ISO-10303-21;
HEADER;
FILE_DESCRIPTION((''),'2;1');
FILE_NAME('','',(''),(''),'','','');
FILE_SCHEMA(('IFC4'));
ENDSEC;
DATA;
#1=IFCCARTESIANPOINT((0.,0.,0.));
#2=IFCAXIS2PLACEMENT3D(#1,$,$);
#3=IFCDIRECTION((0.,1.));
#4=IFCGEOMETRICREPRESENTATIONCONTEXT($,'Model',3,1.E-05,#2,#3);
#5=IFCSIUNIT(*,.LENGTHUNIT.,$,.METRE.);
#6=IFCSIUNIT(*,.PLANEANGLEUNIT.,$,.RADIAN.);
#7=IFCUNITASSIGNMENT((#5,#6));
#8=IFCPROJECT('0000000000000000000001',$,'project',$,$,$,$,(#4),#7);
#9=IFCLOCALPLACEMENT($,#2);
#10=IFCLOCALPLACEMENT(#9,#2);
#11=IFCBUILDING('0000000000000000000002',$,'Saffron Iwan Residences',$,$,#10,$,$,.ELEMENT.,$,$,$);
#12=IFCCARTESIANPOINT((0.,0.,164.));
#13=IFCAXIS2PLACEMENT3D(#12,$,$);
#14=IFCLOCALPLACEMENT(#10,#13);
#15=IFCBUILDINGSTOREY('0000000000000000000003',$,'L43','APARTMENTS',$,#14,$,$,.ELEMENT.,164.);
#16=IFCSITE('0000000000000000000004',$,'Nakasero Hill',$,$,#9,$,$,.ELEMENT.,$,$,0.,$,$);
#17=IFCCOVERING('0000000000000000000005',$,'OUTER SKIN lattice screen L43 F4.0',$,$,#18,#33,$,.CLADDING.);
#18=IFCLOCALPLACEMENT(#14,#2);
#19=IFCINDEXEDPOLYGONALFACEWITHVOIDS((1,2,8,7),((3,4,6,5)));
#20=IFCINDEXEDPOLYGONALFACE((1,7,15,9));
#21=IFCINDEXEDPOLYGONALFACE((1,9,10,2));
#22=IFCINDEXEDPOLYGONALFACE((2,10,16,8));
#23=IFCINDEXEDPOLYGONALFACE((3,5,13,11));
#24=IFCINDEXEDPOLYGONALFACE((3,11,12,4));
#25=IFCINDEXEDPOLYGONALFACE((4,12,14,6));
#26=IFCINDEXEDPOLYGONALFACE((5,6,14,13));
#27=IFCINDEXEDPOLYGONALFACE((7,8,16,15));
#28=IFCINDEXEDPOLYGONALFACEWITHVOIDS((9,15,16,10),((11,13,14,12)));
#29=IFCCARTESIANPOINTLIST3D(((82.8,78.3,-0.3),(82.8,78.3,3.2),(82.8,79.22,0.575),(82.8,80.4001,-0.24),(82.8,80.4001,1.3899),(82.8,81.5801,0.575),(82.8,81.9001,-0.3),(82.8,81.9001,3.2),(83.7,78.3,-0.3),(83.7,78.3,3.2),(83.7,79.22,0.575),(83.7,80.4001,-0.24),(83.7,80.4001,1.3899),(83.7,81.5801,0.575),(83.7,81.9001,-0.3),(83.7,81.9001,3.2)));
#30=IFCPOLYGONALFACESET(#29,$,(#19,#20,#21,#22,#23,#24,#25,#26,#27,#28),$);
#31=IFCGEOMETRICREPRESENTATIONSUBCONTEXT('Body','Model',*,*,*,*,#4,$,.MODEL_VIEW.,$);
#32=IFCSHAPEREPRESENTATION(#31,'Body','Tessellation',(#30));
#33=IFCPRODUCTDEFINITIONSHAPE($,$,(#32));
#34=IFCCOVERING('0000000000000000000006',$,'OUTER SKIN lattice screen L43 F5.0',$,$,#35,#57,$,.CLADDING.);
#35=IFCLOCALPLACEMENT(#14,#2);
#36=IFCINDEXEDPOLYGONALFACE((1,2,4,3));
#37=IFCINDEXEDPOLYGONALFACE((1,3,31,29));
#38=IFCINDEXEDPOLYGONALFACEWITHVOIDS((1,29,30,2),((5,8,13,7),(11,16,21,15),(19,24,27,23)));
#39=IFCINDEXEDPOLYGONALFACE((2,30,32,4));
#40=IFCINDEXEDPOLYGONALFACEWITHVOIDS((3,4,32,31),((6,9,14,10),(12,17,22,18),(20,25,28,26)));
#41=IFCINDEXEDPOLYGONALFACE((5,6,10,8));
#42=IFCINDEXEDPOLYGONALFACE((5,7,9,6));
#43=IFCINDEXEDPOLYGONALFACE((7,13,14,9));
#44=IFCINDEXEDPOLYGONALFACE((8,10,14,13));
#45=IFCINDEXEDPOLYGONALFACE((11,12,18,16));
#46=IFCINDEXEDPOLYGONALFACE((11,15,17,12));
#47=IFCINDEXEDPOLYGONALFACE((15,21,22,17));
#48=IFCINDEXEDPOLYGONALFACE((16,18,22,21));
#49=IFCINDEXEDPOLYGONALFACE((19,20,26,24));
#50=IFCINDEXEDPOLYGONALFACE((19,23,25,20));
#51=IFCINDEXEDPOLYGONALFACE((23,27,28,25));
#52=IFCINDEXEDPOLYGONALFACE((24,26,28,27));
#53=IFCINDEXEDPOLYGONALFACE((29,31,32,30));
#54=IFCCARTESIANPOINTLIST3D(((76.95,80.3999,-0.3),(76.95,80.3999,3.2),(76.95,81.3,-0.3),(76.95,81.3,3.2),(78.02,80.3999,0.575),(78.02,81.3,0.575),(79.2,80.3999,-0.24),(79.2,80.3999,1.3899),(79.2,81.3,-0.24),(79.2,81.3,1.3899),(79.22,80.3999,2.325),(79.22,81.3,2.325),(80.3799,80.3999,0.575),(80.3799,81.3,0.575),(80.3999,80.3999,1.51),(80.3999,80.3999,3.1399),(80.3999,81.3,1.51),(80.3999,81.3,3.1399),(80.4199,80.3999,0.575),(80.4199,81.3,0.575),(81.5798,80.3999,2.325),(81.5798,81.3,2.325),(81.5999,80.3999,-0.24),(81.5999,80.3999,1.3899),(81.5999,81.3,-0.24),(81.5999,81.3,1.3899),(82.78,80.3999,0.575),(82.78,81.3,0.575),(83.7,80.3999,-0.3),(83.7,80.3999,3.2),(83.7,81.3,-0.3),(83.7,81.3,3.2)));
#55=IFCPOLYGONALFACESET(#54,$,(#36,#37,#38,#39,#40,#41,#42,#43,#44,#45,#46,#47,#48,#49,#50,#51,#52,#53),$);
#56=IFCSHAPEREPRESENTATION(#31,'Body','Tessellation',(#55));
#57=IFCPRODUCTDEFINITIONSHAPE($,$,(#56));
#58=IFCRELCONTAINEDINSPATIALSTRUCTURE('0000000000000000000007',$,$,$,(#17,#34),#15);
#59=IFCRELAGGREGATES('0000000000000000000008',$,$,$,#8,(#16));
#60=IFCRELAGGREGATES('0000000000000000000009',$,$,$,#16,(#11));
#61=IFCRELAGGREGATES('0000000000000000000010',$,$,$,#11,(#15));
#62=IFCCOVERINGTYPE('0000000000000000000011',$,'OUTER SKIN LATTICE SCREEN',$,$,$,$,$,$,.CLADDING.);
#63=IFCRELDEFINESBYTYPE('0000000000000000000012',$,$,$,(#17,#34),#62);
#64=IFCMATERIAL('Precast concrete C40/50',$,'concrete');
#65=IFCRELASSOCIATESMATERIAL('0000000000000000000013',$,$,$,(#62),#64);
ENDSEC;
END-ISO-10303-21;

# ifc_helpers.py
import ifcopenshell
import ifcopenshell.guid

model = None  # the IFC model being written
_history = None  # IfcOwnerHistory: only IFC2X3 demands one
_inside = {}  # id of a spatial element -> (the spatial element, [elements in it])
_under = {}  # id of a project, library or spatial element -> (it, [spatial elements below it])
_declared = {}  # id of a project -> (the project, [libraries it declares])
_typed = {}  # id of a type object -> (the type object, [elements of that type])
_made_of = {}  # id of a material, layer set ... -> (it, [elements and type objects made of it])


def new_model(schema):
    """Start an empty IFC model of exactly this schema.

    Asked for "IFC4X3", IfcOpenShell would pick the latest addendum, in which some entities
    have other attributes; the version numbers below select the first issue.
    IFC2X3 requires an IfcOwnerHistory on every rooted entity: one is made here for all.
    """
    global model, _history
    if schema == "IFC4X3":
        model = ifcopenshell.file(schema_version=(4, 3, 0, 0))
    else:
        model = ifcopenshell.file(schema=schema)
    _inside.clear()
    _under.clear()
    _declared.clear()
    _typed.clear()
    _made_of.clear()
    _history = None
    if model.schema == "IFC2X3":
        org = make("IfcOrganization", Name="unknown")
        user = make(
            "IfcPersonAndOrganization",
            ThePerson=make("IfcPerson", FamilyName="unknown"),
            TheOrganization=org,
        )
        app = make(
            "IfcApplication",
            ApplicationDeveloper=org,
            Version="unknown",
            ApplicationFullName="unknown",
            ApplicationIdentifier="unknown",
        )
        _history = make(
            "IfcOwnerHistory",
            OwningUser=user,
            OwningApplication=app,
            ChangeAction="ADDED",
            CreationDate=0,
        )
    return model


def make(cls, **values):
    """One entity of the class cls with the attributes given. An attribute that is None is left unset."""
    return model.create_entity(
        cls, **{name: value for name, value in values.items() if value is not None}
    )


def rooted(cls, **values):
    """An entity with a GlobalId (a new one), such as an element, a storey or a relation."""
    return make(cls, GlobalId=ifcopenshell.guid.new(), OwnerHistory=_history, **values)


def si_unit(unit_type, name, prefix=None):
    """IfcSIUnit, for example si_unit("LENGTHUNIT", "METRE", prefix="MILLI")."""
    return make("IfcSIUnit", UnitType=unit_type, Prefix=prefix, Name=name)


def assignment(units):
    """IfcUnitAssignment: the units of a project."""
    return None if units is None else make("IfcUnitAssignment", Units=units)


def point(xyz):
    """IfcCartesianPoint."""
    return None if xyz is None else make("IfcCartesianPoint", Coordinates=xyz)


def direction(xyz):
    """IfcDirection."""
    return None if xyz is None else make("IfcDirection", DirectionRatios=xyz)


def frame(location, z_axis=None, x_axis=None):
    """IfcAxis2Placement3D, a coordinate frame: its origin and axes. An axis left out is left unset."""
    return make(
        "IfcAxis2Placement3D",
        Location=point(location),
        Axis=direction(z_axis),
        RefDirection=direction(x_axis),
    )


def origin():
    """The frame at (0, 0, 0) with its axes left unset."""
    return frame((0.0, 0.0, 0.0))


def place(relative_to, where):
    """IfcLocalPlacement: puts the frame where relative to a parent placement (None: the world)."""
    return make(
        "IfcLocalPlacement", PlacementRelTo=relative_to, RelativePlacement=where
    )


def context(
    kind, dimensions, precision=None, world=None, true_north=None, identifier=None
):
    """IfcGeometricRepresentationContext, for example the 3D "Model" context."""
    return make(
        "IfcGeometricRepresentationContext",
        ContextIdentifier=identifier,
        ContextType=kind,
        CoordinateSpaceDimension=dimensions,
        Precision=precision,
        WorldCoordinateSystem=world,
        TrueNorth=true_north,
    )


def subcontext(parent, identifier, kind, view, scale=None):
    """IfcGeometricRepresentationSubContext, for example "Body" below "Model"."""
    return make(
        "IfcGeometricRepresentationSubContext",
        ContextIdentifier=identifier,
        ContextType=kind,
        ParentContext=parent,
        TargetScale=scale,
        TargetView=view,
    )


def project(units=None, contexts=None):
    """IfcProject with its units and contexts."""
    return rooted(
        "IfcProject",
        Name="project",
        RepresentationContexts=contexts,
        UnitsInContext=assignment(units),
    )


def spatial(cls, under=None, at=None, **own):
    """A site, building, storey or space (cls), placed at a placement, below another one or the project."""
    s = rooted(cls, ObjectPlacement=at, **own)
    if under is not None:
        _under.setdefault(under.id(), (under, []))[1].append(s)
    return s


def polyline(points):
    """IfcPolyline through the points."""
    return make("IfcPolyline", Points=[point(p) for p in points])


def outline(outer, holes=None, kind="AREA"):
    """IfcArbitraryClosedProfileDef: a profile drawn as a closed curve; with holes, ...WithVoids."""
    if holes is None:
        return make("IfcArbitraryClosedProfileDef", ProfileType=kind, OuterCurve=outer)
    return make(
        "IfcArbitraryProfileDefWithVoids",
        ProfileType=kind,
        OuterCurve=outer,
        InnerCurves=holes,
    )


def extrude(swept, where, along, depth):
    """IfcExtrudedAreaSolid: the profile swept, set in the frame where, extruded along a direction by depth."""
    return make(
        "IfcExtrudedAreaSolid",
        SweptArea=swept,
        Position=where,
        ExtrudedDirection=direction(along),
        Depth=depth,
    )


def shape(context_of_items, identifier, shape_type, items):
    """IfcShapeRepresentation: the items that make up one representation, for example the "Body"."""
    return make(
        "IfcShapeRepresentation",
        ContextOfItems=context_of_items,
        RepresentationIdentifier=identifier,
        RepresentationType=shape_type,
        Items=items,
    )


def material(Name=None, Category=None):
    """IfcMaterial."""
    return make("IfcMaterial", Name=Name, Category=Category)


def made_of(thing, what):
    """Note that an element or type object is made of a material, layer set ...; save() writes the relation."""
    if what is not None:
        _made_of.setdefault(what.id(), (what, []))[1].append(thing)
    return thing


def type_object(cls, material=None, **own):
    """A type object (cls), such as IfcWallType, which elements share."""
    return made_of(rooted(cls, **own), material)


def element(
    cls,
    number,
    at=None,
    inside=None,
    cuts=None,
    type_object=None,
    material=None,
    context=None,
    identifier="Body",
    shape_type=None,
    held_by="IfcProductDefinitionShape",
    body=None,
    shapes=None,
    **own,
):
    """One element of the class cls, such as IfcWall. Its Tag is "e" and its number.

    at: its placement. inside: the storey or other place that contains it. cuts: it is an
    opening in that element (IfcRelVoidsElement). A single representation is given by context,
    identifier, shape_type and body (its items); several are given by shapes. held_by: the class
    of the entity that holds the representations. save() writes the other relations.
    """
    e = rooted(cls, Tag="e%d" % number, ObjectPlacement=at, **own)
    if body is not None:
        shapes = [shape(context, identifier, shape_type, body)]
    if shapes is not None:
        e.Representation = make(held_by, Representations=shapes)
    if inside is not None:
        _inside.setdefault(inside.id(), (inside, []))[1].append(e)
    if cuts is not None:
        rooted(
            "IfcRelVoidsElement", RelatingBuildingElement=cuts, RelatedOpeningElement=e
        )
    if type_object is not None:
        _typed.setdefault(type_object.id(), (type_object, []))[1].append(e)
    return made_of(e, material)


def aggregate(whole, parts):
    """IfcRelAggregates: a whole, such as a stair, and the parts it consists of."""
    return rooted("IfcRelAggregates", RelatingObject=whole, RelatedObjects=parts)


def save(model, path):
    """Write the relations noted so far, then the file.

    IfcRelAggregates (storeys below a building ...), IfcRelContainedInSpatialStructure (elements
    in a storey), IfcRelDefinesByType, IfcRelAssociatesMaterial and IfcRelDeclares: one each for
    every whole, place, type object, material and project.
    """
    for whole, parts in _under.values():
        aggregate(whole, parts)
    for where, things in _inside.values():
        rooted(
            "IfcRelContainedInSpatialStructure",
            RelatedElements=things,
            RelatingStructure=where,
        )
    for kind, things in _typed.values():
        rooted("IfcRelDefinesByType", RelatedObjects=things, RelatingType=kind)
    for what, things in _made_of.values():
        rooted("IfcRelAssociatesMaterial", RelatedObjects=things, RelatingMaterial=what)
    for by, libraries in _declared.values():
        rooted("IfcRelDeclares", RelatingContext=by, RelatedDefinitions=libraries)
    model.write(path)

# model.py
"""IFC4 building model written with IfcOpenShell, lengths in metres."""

from ifc_helpers import new_model, si_unit, direction, frame, origin, place, context, subcontext, project, spatial, polyline, outline, extrude, material, type_object, element, save


model = new_model("IFC4")

# Units and contexts
model_context = context("Model", 3, precision=1e-05, world=origin(), true_north=direction((0.0, 1.0)))
body_context = subcontext(model_context, "Body", "Model", "MODEL_VIEW")
ifc_project = project(units=[si_unit("LENGTHUNIT", "METRE"), si_unit("PLANEANGLEUNIT", "RADIAN")], contexts=[model_context])

# Site, building, storey
site_placement = place(None, origin())
site = spatial("IfcSite", under=ifc_project, at=site_placement, Name="Nakasero Hill", CompositionType="ELEMENT", RefElevation=0.0)
building_placement = place(site_placement, origin())
building = spatial("IfcBuilding", under=site, at=building_placement, Name="Saffron Iwan Residences", CompositionType="ELEMENT")
storey_placement = place(building_placement, frame((0.0, 0.0, 164.0)))
storey = spatial("IfcBuildingStorey", under=building, at=storey_placement, Name="L43", Description="APARTMENTS", CompositionType="ELEMENT", Elevation=164.0)

# Coverings
ifc_material_1 = material(Name="Precast concrete C40/50", Category="concrete")
covering_type = type_object("IfcCoveringType", Name="OUTER SKIN LATTICE SCREEN", PredefinedType="CLADDING", material=ifc_material_1)
for number, where, z_axis, x_axis, name in (
    (1, (82.8, 78.3, -0.3), (1.0, 0.0, 0.0), (0.0, 1.0, 0.0), "OUTER SKIN lattice screen L43 F4.0"),
):
    element("IfcCovering", number, at=place(storey_placement, frame(where, z_axis=z_axis, x_axis=x_axis)), inside=storey, type_object=covering_type, Name=name, PredefinedType="CLADDING", context=body_context, shape_type="SweptSolid", body=[
        extrude(outline(polyline([(0.0, 0.0), (3.6001, 0.0), (3.6001, 3.5), (0.0, 3.5), (0.0, 0.0)]), holes=[polyline([(0.9199, 0.875), (2.1001, 0.0601), (3.28, 0.875), (2.1001, 1.6899), (0.9199, 0.875)])]), origin(), (0.0, 0.0, 1.0), 0.8999),
    ])
covering_placement = place(storey_placement, frame((83.7, 80.3999, -0.3), z_axis=(0.0, 1.0, 0.0), x_axis=(-1.0, 0.0, 0.0)))
element("IfcCovering", 2, at=covering_placement, inside=storey, type_object=covering_type, Name="OUTER SKIN lattice screen L43 F5.0", PredefinedType="CLADDING", context=body_context, shape_type="SweptSolid", body=[
    extrude(outline(polyline([(0.0, 0.0), (6.75, 0.0), (6.75, 3.5), (0.0, 3.5), (0.0, 0.0)]), holes=[polyline([(0.9199, 0.875), (2.1001, 0.0601), (3.28, 0.875), (2.1001, 1.6899), (0.9199, 0.875)]), polyline([(3.3201, 0.875), (4.5, 0.0601), (5.6799, 0.875), (4.5, 1.6899), (3.3201, 0.875)]), polyline([(2.1201, 2.625), (3.3, 1.8101), (4.48, 2.625), (3.3, 3.4399), (2.1201, 2.625)])]), origin(), (0.0, 0.0, 1.0), 0.9001),
])

save(model, "model.ifc")
